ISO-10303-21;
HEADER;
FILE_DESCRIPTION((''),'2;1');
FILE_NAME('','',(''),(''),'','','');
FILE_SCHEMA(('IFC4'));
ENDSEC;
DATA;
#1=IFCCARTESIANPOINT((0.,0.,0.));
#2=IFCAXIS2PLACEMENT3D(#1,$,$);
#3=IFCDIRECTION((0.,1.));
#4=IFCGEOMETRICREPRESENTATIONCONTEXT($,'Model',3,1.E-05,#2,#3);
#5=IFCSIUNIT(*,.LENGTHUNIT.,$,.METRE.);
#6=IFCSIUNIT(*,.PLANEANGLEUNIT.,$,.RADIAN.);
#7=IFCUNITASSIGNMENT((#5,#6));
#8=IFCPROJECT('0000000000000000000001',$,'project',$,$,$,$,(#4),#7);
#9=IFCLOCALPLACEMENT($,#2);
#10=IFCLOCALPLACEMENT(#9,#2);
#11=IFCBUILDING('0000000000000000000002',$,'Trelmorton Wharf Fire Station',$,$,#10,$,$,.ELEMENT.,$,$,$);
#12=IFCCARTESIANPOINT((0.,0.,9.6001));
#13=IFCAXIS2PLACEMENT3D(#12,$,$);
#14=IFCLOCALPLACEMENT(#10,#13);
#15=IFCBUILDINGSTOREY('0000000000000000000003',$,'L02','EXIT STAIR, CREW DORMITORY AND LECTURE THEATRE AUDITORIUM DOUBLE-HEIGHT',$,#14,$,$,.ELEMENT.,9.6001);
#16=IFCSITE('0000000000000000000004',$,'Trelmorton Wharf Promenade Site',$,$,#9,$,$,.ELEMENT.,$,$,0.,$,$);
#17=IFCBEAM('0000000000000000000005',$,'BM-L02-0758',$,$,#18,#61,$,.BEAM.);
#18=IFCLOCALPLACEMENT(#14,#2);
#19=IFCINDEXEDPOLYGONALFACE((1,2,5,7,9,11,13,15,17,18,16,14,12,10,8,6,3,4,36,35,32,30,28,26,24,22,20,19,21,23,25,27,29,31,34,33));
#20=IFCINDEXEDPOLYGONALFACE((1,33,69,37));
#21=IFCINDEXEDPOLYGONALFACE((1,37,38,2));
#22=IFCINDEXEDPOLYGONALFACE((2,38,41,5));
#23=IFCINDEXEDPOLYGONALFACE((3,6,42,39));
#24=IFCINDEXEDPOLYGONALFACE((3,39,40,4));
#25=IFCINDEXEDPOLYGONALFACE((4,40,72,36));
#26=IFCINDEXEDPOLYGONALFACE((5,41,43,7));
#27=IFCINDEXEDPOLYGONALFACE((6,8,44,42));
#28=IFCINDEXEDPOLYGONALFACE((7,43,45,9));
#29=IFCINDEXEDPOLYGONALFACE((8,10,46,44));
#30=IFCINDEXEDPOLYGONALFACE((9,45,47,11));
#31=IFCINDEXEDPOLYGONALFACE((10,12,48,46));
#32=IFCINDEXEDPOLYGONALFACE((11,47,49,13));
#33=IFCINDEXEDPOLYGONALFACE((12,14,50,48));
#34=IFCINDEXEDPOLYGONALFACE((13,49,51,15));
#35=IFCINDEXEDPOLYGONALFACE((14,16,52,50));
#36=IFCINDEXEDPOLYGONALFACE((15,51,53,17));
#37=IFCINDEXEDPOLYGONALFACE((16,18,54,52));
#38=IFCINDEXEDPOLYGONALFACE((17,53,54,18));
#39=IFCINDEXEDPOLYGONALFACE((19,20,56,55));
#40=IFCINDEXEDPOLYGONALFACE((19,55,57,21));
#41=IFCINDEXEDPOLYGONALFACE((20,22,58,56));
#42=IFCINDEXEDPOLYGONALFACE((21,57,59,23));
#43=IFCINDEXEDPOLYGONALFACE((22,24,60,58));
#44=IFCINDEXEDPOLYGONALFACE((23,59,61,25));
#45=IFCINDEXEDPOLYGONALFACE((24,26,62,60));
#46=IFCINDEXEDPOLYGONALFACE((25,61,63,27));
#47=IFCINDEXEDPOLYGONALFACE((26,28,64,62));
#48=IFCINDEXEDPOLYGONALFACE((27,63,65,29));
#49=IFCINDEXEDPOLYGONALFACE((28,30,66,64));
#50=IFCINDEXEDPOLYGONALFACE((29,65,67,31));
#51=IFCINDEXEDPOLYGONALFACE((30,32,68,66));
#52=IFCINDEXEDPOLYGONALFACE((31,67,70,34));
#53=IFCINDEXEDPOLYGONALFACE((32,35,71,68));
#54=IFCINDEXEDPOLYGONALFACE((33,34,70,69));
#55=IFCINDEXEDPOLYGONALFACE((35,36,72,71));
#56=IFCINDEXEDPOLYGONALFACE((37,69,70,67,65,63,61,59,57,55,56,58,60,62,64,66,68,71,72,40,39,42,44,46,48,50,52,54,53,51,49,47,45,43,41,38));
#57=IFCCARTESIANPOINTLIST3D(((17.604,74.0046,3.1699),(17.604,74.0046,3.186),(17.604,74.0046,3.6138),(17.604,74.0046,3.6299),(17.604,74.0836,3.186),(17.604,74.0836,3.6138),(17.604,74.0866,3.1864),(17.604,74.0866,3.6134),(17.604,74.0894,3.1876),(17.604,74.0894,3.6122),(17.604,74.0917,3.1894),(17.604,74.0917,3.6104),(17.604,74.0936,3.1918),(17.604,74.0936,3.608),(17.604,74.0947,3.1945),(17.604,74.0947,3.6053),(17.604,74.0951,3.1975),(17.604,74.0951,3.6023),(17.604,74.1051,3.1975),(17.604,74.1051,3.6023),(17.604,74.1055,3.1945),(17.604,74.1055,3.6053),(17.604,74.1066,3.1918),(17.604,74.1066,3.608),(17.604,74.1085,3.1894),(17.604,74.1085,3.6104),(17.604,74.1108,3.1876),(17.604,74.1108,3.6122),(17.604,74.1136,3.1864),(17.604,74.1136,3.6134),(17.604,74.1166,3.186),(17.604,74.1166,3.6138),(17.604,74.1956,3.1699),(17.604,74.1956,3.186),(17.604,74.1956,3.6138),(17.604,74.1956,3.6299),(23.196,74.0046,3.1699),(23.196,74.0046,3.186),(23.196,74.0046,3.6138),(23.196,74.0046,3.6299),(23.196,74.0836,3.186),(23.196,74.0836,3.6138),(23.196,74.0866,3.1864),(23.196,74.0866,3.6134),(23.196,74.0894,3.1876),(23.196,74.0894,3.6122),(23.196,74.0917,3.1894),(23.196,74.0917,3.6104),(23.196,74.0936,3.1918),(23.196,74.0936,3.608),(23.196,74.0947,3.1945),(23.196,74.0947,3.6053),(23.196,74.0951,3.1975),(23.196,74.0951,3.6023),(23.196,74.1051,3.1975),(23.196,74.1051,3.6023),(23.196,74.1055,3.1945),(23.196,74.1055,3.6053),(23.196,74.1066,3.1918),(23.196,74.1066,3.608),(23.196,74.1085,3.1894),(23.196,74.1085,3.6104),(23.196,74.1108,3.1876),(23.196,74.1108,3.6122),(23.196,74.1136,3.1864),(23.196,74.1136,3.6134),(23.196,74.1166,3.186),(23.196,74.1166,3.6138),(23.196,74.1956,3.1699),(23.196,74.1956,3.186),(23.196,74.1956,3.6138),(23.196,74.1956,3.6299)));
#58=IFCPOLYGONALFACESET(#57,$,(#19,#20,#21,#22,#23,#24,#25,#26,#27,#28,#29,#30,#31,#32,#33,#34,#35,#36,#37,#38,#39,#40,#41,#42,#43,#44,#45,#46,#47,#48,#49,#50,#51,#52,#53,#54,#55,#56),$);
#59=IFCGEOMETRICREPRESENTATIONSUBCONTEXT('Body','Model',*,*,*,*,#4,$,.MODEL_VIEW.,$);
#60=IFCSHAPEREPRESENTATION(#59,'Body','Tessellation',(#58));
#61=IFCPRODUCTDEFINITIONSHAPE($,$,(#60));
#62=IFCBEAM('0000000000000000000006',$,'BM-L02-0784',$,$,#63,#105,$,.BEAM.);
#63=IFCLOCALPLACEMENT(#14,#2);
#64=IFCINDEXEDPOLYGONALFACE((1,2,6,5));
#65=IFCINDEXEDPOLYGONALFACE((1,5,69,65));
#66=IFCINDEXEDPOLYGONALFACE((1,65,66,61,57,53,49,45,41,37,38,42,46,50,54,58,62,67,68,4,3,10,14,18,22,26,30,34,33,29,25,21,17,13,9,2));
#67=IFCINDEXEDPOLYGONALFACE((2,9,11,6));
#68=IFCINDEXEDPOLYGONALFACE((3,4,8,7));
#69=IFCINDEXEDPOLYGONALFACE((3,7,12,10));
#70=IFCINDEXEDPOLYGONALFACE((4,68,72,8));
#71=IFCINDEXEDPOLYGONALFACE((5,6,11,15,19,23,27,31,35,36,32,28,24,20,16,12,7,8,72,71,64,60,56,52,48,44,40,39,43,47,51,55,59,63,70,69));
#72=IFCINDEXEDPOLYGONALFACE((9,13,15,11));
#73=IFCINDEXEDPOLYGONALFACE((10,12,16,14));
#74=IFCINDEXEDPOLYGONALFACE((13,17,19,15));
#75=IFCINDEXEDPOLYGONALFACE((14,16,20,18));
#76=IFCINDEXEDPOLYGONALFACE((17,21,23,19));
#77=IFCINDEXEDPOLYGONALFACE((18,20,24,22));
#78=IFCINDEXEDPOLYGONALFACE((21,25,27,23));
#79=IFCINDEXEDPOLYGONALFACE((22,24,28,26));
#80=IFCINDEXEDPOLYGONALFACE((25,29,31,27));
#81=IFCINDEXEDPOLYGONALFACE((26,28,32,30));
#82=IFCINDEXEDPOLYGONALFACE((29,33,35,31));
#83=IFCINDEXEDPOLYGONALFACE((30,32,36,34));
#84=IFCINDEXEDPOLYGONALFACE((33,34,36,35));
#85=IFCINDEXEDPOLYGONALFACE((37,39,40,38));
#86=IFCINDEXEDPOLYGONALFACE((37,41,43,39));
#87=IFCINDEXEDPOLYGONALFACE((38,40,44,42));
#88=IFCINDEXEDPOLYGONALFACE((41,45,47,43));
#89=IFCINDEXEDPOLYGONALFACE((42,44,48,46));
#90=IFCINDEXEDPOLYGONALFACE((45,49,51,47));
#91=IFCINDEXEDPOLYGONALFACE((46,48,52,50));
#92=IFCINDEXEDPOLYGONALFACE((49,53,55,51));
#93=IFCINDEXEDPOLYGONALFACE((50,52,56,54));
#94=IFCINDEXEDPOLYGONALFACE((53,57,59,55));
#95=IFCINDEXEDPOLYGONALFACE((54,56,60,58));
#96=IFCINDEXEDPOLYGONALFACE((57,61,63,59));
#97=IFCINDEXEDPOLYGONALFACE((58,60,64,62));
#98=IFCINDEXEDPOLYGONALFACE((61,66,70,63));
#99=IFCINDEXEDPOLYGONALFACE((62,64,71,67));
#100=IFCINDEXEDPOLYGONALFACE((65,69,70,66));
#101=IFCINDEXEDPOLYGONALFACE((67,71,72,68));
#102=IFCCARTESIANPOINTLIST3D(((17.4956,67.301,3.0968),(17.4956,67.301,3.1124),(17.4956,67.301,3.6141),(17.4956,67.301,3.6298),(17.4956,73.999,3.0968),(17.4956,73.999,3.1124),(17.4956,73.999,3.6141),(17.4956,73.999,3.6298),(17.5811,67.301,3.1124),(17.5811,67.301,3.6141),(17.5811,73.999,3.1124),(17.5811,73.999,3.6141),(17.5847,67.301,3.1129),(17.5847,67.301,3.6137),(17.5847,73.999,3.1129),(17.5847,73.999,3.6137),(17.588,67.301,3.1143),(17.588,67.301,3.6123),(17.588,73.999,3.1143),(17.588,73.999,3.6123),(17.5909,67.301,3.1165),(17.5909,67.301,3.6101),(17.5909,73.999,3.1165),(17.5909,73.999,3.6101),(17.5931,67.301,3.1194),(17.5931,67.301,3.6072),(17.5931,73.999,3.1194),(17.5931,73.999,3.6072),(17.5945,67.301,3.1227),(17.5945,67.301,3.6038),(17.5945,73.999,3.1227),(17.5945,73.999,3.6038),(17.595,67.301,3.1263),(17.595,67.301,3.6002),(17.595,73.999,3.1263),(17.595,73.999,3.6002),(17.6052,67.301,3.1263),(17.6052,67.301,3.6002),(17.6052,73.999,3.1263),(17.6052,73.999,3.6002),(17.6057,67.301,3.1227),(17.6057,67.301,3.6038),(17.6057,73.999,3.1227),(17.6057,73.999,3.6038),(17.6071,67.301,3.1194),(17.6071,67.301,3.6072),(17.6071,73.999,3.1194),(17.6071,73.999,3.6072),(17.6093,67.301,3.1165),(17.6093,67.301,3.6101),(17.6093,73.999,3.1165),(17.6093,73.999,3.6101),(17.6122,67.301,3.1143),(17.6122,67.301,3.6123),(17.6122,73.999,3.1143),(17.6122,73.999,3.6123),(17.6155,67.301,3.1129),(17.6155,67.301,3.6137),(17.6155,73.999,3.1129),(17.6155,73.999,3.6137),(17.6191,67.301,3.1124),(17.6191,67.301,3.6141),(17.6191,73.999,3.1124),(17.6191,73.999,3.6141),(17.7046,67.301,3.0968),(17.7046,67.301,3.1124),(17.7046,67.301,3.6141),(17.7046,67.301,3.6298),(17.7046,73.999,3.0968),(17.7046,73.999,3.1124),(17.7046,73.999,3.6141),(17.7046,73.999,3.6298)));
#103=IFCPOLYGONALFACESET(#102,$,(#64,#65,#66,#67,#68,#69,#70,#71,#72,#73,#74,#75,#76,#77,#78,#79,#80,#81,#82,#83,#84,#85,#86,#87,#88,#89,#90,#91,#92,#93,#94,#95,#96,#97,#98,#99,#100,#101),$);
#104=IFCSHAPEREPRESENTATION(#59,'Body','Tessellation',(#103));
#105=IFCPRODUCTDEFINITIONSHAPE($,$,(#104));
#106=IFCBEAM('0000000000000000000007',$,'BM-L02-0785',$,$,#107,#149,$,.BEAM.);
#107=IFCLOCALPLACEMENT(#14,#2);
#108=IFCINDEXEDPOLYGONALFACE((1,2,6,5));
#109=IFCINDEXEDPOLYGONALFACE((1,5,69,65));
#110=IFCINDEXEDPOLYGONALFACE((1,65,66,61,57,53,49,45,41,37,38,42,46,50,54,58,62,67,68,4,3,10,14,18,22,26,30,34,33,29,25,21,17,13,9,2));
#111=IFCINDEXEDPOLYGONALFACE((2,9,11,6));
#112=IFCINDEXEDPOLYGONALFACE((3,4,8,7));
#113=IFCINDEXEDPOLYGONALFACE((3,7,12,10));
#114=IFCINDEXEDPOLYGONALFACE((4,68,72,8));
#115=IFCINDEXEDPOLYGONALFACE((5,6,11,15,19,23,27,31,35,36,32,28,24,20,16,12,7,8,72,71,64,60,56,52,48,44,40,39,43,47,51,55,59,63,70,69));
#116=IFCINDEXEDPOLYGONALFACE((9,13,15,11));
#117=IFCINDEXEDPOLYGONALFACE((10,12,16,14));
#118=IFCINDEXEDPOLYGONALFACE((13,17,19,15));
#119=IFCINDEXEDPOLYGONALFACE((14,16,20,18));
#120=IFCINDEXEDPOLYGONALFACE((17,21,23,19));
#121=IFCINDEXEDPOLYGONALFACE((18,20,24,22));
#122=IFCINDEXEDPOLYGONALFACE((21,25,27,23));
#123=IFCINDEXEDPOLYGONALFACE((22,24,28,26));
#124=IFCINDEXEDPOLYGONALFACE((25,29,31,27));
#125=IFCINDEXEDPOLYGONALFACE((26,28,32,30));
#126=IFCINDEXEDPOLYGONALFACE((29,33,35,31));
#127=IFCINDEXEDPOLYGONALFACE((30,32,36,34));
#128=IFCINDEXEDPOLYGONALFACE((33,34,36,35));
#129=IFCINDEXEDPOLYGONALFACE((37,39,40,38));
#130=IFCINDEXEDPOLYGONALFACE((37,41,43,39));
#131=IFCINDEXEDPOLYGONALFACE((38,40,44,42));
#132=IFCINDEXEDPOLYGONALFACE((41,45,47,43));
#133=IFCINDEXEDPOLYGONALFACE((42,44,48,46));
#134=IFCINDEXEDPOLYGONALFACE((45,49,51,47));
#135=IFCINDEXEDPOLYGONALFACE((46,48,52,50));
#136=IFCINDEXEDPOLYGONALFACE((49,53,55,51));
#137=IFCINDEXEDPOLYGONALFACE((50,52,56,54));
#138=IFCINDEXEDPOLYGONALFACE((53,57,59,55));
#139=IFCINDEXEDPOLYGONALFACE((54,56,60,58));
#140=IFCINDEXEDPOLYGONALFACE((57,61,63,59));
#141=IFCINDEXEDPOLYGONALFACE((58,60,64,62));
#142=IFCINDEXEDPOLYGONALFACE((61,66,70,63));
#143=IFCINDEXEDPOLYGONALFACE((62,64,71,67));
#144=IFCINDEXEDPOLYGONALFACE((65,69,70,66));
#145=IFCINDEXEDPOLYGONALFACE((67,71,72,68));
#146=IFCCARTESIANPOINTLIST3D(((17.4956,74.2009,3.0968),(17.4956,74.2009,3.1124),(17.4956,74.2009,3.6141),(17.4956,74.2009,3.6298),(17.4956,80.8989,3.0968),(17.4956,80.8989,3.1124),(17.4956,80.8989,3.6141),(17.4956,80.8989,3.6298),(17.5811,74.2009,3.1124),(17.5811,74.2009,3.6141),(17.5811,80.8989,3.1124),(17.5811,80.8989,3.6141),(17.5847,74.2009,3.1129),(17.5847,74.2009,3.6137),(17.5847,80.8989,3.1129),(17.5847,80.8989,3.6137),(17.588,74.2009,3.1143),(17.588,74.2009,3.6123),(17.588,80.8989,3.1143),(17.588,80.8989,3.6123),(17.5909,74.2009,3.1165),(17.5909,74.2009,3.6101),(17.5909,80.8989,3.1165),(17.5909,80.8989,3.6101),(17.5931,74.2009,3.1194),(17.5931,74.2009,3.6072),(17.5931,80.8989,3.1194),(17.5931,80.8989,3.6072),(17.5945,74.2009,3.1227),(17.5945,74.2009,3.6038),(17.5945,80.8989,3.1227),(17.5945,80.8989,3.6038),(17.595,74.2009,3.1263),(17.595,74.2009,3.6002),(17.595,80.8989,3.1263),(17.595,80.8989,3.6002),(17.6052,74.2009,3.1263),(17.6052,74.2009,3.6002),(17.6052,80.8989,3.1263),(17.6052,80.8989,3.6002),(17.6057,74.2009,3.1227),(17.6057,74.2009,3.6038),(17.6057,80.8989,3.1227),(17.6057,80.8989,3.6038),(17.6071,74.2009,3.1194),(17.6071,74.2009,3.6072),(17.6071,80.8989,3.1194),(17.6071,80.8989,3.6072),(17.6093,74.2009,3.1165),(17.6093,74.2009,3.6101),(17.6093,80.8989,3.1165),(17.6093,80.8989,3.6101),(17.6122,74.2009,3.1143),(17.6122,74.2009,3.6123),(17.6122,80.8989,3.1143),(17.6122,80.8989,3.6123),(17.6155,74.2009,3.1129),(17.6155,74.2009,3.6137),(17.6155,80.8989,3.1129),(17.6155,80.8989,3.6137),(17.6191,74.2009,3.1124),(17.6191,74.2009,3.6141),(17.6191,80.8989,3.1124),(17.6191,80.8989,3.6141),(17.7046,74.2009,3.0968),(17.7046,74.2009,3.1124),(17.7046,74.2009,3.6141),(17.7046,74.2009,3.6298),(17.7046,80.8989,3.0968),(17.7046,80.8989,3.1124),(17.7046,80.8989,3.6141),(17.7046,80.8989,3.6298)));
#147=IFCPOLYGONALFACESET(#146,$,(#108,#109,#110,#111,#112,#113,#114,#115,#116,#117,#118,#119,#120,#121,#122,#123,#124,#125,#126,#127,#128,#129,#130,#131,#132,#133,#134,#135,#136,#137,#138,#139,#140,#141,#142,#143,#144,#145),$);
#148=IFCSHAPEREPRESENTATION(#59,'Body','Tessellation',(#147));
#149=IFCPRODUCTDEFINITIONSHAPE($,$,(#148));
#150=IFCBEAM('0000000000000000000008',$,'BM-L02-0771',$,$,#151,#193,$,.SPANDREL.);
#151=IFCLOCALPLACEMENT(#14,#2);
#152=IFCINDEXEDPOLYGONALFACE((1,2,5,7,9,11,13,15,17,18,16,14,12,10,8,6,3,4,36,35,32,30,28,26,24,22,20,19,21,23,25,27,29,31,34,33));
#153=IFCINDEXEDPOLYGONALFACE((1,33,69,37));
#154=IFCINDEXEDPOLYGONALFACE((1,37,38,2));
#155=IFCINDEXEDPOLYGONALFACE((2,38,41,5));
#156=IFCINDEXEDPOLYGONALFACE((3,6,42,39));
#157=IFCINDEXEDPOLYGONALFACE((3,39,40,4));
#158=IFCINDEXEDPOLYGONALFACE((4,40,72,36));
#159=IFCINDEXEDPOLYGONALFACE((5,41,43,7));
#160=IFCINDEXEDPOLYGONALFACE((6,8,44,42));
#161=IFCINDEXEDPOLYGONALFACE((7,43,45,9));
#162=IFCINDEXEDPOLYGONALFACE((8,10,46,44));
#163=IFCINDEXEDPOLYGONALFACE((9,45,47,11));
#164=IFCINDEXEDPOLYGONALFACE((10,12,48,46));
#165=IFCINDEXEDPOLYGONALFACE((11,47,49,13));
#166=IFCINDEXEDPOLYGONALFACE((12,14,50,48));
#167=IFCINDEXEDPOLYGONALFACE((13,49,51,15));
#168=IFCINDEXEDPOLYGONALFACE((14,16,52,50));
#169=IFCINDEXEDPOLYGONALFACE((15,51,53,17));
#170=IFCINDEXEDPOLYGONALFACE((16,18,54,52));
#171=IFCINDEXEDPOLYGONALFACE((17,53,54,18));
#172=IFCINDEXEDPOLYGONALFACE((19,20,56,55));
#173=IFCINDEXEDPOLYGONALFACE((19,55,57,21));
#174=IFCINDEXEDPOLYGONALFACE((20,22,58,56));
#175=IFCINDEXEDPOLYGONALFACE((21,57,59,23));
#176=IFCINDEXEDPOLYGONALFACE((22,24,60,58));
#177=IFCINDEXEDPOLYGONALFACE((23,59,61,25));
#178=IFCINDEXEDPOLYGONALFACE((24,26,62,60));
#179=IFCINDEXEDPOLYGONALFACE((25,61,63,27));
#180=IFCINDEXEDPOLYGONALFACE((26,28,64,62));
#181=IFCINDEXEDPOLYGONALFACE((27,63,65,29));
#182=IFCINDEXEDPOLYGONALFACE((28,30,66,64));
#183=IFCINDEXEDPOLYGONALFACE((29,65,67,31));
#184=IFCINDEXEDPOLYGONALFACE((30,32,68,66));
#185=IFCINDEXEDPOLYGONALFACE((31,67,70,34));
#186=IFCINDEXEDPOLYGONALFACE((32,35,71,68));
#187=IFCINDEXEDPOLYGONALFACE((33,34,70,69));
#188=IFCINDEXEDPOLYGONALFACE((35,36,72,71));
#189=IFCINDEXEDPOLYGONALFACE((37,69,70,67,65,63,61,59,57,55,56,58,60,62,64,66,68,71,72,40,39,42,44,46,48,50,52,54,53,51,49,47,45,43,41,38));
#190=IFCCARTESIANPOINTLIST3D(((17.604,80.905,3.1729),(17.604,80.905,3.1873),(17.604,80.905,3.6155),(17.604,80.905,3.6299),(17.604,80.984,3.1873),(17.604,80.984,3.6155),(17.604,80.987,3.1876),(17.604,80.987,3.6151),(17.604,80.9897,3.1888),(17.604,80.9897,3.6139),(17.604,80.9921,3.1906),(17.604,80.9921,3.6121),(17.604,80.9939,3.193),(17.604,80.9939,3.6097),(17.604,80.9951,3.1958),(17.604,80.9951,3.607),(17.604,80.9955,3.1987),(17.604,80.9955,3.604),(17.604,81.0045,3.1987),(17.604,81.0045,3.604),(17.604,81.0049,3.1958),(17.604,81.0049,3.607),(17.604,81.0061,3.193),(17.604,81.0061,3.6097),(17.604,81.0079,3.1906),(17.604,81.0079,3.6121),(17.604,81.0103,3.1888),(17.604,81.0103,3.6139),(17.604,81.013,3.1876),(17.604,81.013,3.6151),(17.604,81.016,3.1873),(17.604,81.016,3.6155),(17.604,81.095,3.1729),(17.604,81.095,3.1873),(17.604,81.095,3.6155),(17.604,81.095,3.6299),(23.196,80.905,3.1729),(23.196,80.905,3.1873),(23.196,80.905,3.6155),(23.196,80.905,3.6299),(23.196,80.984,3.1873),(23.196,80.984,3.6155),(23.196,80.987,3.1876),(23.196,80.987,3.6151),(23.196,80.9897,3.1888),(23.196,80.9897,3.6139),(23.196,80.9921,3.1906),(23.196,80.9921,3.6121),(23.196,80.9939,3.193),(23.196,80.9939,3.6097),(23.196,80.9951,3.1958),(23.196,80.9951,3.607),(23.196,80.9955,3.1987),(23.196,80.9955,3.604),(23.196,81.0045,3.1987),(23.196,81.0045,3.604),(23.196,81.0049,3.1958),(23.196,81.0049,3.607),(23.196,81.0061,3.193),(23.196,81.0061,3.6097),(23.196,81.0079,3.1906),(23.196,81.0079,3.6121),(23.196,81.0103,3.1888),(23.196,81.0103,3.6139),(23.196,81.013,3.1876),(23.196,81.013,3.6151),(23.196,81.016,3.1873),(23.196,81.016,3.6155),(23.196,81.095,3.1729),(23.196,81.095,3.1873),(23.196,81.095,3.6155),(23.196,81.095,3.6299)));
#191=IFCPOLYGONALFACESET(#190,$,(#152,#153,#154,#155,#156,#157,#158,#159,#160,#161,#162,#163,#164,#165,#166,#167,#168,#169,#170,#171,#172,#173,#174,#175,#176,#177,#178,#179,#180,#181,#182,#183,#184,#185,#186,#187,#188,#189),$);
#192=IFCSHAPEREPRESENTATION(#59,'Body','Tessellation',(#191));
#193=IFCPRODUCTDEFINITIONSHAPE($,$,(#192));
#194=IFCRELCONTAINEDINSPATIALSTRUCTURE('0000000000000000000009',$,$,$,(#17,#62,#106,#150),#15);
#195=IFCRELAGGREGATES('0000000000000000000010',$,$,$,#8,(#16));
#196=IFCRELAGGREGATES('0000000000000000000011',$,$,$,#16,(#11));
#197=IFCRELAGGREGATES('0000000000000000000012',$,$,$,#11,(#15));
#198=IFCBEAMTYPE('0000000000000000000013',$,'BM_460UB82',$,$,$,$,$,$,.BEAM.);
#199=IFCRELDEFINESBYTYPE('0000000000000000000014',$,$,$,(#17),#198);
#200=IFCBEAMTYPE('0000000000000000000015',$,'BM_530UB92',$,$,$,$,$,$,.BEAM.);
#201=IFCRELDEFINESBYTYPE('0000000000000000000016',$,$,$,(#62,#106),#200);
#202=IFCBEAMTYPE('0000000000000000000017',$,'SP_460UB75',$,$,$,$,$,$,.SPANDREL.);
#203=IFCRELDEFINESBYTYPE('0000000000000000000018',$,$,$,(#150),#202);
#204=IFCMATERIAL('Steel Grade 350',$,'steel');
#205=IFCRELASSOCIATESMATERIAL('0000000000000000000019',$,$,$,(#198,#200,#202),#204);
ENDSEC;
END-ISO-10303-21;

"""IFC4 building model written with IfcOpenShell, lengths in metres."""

from ifc_helpers import new_model, si_unit, direction, frame, origin, origin_2d, place, context, subcontext, project, spatial, i_section, extrude, material, material_profile, profile_set, type_object, element, save


model = new_model("IFC4")

# Units and contexts
model_context = context("Model", 3, precision=1e-05, world=origin(), true_north=direction((0.0, 1.0)))
body_context = subcontext(model_context, "Body", "Model", "MODEL_VIEW")
ifc_project = project(units=[si_unit("LENGTHUNIT", "METRE"), si_unit("PLANEANGLEUNIT", "RADIAN")], contexts=[model_context])

# Site, building, storey
site_placement = place(None, origin())
site = spatial("IfcSite", under=ifc_project, at=site_placement, Name="Trelmorton Wharf Promenade Site", CompositionType="ELEMENT", RefElevation=0.0)
building_placement = place(site_placement, origin())
building = spatial("IfcBuilding", under=site, at=building_placement, Name="Trelmorton Wharf Fire Station", CompositionType="ELEMENT")
storey_placement = place(building_placement, frame((0.0, 0.0, 9.6001)))
storey = spatial("IfcBuildingStorey", under=building, at=storey_placement, Name="L02", Description="EXIT STAIR, CREW DORMITORY AND LECTURE THEATRE AUDITORIUM DOUBLE-HEIGHT", CompositionType="ELEMENT", Elevation=9.6001)

# Shared definitions
ifc_material_1 = material(Name="Steel Grade 350", Category="steel")

# Beams
ifc_material_profile_1 = material_profile(ifc_material_1, i_section(OverallWidth=0.1909, OverallDepth=0.46, WebThickness=0.01, FlangeThickness=0.0161, FilletRadius=0.0115, at=origin_2d()), Name="460UB82.1")
ifc_profile_set_1 = profile_set([ifc_material_profile_1], Name="Steel Grade 350")
beam_type_1 = type_object("IfcBeamType", Name="BM_460UB82", PredefinedType="BEAM", material=ifc_profile_set_1)
for number, where, z_axis, x_axis, name in (
    (1, (17.604, 74.1001, 3.3999), (1.0, 0.0, 0.0), (0.0, 1.0, 0.0), "BM-L02-0758"),
):
    element("IfcBeam", number, at=place(storey_placement, frame(where, z_axis=z_axis, x_axis=x_axis)), inside=storey, type_object=beam_type_1, Name=name, PredefinedType="BEAM", context=body_context, shape_type="SweptSolid", body=[
        extrude(i_section(OverallWidth=0.1909, OverallDepth=0.46, WebThickness=0.01, FlangeThickness=0.0161, FilletRadius=0.0115, at=origin_2d()), origin(), (0.0, 0.0, 1.0), 5.592),
    ])
ifc_material_profile_2 = material_profile(ifc_material_1, i_section(OverallWidth=0.209, OverallDepth=0.533, WebThickness=0.0103, FlangeThickness=0.0156, FilletRadius=0.0139, at=origin_2d()), Name="530UB92.4")
ifc_profile_set_2 = profile_set([ifc_material_profile_2], Name="Steel Grade 350")
beam_type_2 = type_object("IfcBeamType", Name="BM_530UB92", PredefinedType="BEAM", material=ifc_profile_set_2)
for number, where, z_axis, x_axis, name in (
    (2, (17.6001, 67.301, 3.3633), (0.0, 1.0, 0.0), (-1.0, 0.0, 0.0), "BM-L02-0784"),
    (3, (17.6001, 74.2009, 3.3633), (0.0, 1.0, 0.0), (-1.0, 0.0, 0.0), "BM-L02-0785"),
):
    element("IfcBeam", number, at=place(storey_placement, frame(where, z_axis=z_axis, x_axis=x_axis)), inside=storey, type_object=beam_type_2, Name=name, PredefinedType="BEAM", context=body_context, shape_type="SweptSolid", body=[
        extrude(i_section(OverallWidth=0.209, OverallDepth=0.533, WebThickness=0.0103, FlangeThickness=0.0156, FilletRadius=0.0139, at=origin_2d()), origin(), (0.0, 0.0, 1.0), 6.698),
    ])
ifc_material_profile_3 = material_profile(ifc_material_1, i_section(OverallWidth=0.1899, OverallDepth=0.457, WebThickness=0.009, FlangeThickness=0.0144, FilletRadius=0.0115, at=origin_2d()), Name="460UB74.6")
ifc_profile_set_3 = profile_set([ifc_material_profile_3], Name="Steel Grade 350")
beam_type_3 = type_object("IfcBeamType", Name="SP_460UB75", PredefinedType="SPANDREL", material=ifc_profile_set_3)
beam_placement = place(storey_placement, frame((17.604, 81.0, 3.4014), z_axis=(1.0, 0.0, 0.0), x_axis=(0.0, 1.0, 0.0)))
element("IfcBeam", 4, at=beam_placement, inside=storey, type_object=beam_type_3, Name="BM-L02-0771", PredefinedType="SPANDREL", context=body_context, shape_type="SweptSolid", body=[
    extrude(i_section(OverallWidth=0.1899, OverallDepth=0.457, WebThickness=0.009, FlangeThickness=0.0144, FilletRadius=0.0115, at=origin_2d()), origin(), (0.0, 0.0, 1.0), 5.592),
])

save(model, "model.ifc")
